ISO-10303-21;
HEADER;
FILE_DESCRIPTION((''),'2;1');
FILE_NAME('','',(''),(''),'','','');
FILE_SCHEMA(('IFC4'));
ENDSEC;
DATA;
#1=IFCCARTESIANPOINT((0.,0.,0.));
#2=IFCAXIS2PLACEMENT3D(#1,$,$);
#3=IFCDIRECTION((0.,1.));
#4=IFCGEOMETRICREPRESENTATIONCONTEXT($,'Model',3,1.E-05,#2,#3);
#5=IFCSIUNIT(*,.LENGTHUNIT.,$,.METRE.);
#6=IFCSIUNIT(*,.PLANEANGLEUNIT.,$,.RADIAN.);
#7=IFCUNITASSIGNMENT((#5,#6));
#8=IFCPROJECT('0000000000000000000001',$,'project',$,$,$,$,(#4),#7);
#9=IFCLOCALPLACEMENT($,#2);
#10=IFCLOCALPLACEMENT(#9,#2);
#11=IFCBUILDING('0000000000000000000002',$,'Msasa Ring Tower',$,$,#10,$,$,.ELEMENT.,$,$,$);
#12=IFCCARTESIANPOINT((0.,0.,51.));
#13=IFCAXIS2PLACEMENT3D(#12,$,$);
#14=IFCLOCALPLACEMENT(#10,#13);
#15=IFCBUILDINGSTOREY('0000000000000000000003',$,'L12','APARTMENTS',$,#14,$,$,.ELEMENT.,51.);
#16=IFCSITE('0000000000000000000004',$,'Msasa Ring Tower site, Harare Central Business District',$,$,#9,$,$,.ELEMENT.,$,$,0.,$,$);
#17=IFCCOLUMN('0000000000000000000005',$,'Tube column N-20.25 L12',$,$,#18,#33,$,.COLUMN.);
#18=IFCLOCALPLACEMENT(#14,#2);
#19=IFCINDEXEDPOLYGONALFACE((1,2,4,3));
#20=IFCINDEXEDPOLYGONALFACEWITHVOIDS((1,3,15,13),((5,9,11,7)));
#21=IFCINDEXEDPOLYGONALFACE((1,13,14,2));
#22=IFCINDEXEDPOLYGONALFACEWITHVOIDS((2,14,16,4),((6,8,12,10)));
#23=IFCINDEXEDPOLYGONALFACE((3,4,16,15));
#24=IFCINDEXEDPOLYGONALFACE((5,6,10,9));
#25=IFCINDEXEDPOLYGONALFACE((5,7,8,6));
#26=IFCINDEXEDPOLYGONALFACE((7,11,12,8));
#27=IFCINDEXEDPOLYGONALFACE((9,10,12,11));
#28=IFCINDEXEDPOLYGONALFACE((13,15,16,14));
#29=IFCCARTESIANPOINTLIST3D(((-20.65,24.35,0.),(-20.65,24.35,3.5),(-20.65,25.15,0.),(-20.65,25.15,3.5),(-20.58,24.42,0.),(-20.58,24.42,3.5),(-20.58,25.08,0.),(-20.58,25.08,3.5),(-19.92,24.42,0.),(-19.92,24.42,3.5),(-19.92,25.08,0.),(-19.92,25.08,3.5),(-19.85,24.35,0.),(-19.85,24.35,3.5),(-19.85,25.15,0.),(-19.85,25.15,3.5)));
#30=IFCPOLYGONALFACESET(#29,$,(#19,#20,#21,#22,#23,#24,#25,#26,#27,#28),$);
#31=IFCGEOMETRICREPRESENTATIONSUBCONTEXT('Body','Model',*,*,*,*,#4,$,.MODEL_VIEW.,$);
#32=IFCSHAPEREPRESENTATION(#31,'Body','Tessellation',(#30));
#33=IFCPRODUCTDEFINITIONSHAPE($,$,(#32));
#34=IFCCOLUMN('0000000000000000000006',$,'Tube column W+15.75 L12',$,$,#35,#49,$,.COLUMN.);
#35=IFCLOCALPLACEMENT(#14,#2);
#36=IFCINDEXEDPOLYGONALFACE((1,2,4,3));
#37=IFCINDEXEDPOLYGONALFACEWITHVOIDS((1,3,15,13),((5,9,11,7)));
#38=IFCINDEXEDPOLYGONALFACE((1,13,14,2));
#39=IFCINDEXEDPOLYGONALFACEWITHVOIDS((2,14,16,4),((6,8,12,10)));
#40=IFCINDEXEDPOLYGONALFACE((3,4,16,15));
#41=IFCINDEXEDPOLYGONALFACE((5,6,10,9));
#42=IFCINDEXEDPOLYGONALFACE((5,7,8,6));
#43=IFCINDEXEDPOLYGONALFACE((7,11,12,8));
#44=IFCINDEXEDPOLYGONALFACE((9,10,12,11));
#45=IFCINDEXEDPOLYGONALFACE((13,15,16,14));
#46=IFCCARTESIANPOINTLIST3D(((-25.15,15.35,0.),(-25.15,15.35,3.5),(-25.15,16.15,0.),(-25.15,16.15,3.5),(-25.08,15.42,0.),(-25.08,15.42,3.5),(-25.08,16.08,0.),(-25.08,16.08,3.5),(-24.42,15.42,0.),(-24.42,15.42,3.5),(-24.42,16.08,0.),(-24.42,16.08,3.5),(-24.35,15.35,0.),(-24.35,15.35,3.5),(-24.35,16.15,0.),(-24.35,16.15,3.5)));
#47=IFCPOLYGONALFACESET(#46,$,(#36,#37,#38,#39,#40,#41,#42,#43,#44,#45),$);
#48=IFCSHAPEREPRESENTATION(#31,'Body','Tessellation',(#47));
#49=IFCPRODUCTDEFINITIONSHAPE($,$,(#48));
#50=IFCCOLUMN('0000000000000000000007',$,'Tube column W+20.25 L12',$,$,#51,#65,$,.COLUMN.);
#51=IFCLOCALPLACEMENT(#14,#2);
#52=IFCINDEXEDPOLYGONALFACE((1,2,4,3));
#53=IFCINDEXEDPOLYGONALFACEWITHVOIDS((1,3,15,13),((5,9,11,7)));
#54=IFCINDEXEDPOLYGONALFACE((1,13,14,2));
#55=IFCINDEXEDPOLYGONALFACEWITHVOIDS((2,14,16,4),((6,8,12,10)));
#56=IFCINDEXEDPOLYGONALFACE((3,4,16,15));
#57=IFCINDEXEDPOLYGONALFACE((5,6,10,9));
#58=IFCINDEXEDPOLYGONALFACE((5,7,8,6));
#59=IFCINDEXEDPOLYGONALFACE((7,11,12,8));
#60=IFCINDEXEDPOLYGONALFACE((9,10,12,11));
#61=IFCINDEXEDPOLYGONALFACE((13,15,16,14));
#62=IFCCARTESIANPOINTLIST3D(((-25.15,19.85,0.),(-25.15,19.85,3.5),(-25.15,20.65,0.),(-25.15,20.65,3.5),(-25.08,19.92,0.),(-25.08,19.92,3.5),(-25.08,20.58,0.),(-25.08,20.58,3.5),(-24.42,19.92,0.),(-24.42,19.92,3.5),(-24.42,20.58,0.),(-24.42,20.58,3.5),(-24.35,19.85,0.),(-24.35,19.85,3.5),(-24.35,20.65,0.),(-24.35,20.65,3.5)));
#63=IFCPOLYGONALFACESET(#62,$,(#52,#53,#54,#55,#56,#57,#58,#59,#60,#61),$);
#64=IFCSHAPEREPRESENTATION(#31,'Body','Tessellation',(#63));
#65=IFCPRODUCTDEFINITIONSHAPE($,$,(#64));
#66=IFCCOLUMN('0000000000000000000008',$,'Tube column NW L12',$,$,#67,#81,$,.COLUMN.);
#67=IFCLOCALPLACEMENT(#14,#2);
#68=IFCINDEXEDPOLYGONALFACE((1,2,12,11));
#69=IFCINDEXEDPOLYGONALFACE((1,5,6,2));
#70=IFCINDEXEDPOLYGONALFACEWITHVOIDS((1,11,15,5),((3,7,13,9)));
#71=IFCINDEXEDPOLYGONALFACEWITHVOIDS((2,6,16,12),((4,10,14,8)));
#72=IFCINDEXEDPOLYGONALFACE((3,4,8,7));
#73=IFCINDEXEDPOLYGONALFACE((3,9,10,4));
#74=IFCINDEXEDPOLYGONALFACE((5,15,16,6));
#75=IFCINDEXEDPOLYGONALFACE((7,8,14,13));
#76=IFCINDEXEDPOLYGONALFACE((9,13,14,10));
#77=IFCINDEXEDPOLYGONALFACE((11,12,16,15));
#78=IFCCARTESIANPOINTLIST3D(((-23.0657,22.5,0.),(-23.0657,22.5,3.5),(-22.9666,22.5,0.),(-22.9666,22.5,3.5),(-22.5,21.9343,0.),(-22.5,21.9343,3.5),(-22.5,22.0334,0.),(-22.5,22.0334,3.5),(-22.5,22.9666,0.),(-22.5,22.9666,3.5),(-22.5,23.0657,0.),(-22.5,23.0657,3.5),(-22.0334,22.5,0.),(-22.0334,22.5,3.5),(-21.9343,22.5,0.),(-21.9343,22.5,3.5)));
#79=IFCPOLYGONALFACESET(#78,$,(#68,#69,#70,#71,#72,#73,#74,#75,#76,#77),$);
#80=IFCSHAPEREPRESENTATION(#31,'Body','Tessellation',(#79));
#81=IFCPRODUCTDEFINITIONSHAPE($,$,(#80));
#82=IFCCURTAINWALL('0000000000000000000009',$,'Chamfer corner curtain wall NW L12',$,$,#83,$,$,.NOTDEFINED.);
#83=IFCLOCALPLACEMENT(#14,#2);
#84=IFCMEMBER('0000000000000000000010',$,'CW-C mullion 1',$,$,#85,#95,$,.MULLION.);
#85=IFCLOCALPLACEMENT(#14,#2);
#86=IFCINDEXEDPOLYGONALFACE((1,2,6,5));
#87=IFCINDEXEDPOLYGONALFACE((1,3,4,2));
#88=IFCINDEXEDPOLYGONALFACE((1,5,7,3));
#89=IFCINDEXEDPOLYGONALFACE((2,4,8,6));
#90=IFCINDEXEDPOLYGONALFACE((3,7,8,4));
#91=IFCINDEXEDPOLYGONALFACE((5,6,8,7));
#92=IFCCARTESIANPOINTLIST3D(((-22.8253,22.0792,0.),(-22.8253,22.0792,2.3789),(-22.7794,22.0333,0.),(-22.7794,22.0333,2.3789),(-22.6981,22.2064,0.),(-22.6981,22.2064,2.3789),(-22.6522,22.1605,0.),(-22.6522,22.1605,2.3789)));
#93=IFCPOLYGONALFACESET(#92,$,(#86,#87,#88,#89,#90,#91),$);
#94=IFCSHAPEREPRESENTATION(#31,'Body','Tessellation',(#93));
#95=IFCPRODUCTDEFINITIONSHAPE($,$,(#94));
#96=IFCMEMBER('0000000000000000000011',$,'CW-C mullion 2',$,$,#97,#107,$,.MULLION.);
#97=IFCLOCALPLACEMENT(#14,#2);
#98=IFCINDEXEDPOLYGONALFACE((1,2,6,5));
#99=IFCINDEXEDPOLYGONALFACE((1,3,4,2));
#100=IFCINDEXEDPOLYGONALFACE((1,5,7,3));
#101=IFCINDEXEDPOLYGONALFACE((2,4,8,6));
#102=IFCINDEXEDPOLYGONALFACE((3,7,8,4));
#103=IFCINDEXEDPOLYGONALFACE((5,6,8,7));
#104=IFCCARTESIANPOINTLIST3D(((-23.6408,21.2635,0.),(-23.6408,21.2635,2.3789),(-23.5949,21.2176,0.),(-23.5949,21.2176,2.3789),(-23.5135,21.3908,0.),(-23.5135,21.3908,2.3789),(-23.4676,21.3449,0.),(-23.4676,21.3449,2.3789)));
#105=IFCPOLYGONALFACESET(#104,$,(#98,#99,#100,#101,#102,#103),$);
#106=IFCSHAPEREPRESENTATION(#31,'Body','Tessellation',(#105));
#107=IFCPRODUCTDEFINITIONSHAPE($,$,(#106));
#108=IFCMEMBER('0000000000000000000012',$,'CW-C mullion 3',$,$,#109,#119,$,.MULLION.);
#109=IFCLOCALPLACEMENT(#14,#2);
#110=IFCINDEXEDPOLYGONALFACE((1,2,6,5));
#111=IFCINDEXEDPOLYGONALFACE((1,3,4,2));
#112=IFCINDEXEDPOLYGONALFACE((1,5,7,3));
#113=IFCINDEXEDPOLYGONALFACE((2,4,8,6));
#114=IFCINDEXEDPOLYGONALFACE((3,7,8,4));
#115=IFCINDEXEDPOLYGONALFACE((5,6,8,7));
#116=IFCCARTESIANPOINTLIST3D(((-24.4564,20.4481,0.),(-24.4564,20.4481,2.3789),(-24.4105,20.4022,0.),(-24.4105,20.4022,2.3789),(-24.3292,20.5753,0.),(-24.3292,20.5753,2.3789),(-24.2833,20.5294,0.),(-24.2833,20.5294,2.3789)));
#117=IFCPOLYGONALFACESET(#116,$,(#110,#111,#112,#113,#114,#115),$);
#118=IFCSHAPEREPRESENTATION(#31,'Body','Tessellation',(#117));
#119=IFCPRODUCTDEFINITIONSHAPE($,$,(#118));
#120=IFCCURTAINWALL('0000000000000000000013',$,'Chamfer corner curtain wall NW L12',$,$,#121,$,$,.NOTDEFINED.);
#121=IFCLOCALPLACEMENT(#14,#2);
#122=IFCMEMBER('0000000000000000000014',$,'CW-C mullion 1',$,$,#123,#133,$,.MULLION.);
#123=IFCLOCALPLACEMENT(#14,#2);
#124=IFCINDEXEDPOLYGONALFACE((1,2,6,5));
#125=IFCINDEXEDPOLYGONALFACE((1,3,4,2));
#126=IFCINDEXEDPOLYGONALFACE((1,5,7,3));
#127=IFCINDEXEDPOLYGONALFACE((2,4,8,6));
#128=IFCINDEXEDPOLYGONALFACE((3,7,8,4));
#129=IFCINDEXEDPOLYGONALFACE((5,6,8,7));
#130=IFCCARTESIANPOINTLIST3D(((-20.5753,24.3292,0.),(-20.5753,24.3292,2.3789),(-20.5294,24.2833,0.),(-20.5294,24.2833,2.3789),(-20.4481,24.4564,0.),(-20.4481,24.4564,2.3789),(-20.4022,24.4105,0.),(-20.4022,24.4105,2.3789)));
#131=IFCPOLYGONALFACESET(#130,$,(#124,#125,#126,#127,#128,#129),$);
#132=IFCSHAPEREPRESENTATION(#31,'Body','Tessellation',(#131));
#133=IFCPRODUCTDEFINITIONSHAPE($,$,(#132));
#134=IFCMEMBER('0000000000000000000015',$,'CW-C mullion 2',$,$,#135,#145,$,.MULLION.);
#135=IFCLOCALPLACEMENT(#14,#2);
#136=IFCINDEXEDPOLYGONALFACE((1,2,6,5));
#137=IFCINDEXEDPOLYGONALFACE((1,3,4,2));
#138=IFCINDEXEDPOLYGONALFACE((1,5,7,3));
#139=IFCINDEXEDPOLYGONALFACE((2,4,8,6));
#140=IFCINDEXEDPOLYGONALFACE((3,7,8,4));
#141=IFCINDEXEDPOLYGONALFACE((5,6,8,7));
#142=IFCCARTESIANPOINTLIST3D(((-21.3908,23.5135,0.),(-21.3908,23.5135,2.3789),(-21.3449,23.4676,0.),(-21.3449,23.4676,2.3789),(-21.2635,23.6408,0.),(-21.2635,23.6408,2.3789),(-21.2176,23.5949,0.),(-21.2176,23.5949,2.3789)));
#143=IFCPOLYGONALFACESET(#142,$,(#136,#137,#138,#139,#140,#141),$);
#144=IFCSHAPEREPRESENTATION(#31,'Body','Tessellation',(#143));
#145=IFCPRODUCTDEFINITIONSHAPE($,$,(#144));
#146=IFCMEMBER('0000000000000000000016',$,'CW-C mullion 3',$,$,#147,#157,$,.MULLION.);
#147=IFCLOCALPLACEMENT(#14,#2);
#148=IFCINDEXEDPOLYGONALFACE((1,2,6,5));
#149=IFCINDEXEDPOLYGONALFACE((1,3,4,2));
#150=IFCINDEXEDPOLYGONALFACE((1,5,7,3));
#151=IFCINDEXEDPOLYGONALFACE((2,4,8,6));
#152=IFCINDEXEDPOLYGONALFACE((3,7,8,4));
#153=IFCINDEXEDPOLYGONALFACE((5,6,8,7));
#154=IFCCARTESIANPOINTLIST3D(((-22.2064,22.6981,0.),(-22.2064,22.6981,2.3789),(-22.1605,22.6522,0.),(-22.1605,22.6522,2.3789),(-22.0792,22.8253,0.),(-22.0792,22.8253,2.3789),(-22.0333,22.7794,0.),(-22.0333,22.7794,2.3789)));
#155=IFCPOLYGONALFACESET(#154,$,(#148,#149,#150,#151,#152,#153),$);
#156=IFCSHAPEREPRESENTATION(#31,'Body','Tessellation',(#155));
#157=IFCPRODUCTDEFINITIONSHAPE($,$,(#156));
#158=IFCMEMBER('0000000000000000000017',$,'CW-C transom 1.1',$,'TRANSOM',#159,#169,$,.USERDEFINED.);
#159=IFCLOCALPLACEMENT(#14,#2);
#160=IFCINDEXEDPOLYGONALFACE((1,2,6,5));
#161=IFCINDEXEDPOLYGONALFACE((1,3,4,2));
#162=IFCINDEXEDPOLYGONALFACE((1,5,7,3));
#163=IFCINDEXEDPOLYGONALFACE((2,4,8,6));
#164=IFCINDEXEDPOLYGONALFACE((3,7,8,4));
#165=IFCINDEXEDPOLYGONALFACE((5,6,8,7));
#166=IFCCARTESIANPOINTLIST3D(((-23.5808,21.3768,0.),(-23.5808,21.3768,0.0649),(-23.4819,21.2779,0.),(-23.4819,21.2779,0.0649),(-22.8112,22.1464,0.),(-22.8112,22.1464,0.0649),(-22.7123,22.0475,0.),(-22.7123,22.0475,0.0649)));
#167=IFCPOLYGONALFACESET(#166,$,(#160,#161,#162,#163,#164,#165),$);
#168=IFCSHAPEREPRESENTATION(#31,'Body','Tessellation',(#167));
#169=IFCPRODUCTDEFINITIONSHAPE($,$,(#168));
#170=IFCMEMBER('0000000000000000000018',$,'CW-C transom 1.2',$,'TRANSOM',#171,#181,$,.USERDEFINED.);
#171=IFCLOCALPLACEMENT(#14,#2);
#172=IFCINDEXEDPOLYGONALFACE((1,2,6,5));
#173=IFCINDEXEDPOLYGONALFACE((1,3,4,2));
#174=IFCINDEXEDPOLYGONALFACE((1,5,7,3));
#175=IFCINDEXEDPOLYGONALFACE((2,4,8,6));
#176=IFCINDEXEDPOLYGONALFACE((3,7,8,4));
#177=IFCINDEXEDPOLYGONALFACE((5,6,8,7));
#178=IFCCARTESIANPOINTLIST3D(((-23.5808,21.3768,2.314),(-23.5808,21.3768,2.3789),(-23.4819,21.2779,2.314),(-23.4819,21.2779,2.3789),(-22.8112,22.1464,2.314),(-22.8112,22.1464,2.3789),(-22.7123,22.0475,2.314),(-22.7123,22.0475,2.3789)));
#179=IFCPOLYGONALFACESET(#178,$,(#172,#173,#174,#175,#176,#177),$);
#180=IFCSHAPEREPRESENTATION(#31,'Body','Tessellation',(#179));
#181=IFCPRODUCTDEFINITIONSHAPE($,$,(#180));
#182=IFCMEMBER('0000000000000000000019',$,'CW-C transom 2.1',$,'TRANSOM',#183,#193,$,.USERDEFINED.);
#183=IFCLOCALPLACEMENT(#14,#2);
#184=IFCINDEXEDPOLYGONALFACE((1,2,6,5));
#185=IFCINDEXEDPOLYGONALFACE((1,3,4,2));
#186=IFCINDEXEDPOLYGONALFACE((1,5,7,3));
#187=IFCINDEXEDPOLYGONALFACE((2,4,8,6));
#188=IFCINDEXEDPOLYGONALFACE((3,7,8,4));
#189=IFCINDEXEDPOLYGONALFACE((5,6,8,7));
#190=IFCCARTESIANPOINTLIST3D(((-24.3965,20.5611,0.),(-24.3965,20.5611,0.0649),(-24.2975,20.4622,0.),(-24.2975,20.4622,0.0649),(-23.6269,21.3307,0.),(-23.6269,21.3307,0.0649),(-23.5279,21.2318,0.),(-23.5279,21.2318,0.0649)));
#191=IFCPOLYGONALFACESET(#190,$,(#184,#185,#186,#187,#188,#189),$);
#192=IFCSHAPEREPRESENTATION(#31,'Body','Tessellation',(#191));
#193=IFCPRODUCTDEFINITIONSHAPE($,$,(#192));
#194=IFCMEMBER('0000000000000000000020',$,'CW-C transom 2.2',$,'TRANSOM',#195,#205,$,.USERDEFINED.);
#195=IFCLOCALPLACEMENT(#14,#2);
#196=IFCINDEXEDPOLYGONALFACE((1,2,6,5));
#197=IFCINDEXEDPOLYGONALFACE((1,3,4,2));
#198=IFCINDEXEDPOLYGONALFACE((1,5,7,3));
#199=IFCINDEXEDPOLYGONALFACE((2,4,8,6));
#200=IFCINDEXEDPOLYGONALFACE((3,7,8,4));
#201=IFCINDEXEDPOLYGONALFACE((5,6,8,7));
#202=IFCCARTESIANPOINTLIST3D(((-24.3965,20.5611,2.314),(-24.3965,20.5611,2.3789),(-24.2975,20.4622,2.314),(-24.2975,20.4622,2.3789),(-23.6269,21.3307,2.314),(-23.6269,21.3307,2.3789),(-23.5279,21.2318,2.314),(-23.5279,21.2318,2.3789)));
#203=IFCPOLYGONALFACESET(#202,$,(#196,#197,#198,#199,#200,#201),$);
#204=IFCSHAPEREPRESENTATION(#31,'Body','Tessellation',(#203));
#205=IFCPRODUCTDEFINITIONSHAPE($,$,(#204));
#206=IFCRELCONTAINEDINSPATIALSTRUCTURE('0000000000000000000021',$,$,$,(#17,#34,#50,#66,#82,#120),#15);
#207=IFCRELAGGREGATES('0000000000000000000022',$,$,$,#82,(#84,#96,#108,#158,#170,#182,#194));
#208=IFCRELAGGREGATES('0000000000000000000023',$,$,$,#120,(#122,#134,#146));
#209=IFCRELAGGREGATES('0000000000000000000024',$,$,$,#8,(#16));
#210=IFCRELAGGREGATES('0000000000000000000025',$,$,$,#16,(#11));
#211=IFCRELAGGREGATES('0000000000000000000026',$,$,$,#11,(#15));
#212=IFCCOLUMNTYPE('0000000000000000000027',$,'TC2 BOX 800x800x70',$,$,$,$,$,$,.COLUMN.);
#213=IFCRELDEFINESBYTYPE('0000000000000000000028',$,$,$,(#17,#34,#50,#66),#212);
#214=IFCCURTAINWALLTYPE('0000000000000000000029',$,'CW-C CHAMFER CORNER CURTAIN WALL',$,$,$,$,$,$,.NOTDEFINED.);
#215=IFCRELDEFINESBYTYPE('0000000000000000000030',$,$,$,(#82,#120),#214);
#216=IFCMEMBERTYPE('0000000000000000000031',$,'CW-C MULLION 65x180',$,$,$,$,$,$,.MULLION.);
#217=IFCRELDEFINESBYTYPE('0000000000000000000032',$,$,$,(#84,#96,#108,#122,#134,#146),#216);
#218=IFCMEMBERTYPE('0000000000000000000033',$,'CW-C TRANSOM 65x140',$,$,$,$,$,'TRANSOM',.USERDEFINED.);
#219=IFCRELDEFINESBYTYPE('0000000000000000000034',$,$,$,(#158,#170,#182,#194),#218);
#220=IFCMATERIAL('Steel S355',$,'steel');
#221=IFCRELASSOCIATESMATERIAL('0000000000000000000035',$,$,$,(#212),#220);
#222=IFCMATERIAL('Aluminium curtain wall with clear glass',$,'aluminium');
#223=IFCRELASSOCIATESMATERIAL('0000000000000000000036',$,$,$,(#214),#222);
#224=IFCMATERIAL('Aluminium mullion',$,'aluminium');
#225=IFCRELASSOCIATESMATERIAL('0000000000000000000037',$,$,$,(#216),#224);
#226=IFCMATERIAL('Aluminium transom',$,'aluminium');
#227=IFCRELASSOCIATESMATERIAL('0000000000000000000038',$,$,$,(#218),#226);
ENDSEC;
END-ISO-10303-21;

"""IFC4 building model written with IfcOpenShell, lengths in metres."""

from ifc_helpers import new_model, si_unit, direction, frame, origin, origin_2d, place, context, subcontext, project, spatial, rectangle, hollow_rectangle, extrude, material, material_profile, profile_set, type_object, element, aggregate, save


model = new_model("IFC4")

# Units and contexts
model_context = context("Model", 3, precision=1e-05, world=origin(), true_north=direction((0.0, 1.0)))
body_context = subcontext(model_context, "Body", "Model", "MODEL_VIEW")
ifc_project = project(units=[si_unit("LENGTHUNIT", "METRE"), si_unit("PLANEANGLEUNIT", "RADIAN")], contexts=[model_context])

# Site, building, storey
site_placement = place(None, origin())
site = spatial("IfcSite", under=ifc_project, at=site_placement, Name="Msasa Ring Tower site, Harare Central Business District", CompositionType="ELEMENT", RefElevation=0.0)
building_placement = place(site_placement, origin())
building = spatial("IfcBuilding", under=site, at=building_placement, Name="Msasa Ring Tower", CompositionType="ELEMENT")
storey_placement = place(building_placement, frame((0.0, 0.0, 51.0)))
storey = spatial("IfcBuildingStorey", under=building, at=storey_placement, Name="L12", Description="APARTMENTS", CompositionType="ELEMENT", Elevation=51.0)

# Columns
ifc_material_1 = material(Name="Steel S355", Category="steel")
ifc_material_profile_1 = material_profile(ifc_material_1, hollow_rectangle(XDim=0.8, YDim=0.8, WallThickness=0.0701, at=origin_2d()), Name="BOX 800x800x70")
ifc_profile_set_1 = profile_set([ifc_material_profile_1], Name="Steel S355")
column_type = type_object("IfcColumnType", Name="TC2 BOX 800x800x70", PredefinedType="COLUMN", material=ifc_profile_set_1)
for number, where, z_axis, x_axis, name in (
    (1, (-20.25, 24.75, 0.0), (0.0, 0.0, 1.0), (0.0, 1.0, 0.0), "Tube column N-20.25 L12"),
    (2, (-24.75, 15.75, 0.0), (0.0, 0.0, 1.0), (1.0, 0.0, 0.0), "Tube column W+15.75 L12"),
    (3, (-24.75, 20.25, 0.0), (0.0, 0.0, 1.0), (1.0, 0.0, 0.0), "Tube column W+20.25 L12"),
    (4, (-22.5, 22.5, 0.0), (0.0, 0.0, 1.0), (0.707107, -0.707107, 0.0), "Tube column NW L12"),
):
    element("IfcColumn", number, at=place(storey_placement, frame(where, z_axis=z_axis, x_axis=x_axis)), inside=storey, type_object=column_type, Name=name, PredefinedType="COLUMN", context=body_context, shape_type="SweptSolid", body=[
        extrude(hollow_rectangle(XDim=0.8, YDim=0.8, WallThickness=0.0701, at=origin_2d()), origin(), (0.0, 0.0, 1.0), 3.5),
    ])

# Curtain walls, members
ifc_material_2 = material(Name="Aluminium curtain wall with clear glass", Category="aluminium")
curtain_wall_type = type_object("IfcCurtainWallType", Name="CW-C CHAMFER CORNER CURTAIN WALL", PredefinedType="NOTDEFINED", material=ifc_material_2)
curtain_wall_1_placement = place(storey_placement, origin())
curtain_wall_1 = element("IfcCurtainWall", 5, at=curtain_wall_1_placement, inside=storey, type_object=curtain_wall_type, Name="Chamfer corner curtain wall NW L12", PredefinedType="NOTDEFINED")
ifc_material_3 = material(Name="Aluminium mullion", Category="aluminium")
ifc_material_profile_2 = material_profile(ifc_material_3, rectangle(XDim=0.0649, YDim=0.1799, at=origin_2d()), Name="AL 65x180")
ifc_profile_set_2 = profile_set([ifc_material_profile_2], Name="Aluminium mullion")
member_type_1 = type_object("IfcMemberType", Name="CW-C MULLION 65x180", PredefinedType="MULLION", material=ifc_profile_set_2)
member_1_placement = place(storey_placement, frame((-22.7388, 22.1199, 0.0), z_axis=(0.0, 0.0, 1.0), x_axis=(0.707107, -0.707107, 0.0)))
member_1 = element("IfcMember", 6, at=member_1_placement, type_object=member_type_1, Name="CW-C mullion 1", PredefinedType="MULLION", context=body_context, shape_type="SweptSolid", body=[
    extrude(rectangle(XDim=0.0649, YDim=0.1799, at=origin_2d()), origin(), (0.0, 0.0, 1.0), 2.3789),
])
member_2_placement = place(storey_placement, frame((-23.5542, 21.3042, 0.0), z_axis=(0.0, 0.0, 1.0), x_axis=(0.707107, -0.707107, 0.0)))
member_2 = element("IfcMember", 7, at=member_2_placement, type_object=member_type_1, Name="CW-C mullion 2", PredefinedType="MULLION", context=body_context, shape_type="SweptSolid", body=[
    extrude(rectangle(XDim=0.0649, YDim=0.1799, at=origin_2d()), origin(), (0.0, 0.0, 1.0), 2.3789),
])
member_3_placement = place(storey_placement, frame((-24.3699, 20.4888, 0.0), z_axis=(0.0, 0.0, 1.0), x_axis=(0.707107, -0.707107, 0.0)))
member_3 = element("IfcMember", 8, at=member_3_placement, type_object=member_type_1, Name="CW-C mullion 3", PredefinedType="MULLION", context=body_context, shape_type="SweptSolid", body=[
    extrude(rectangle(XDim=0.0649, YDim=0.1799, at=origin_2d()), origin(), (0.0, 0.0, 1.0), 2.3789),
])
curtain_wall_2_placement = place(storey_placement, origin())
curtain_wall_2 = element("IfcCurtainWall", 9, at=curtain_wall_2_placement, inside=storey, type_object=curtain_wall_type, Name="Chamfer corner curtain wall NW L12", PredefinedType="NOTDEFINED")
member_4_placement = place(storey_placement, frame((-20.4888, 24.3699, 0.0), z_axis=(0.0, 0.0, 1.0), x_axis=(0.707107, -0.707107, 0.0)))
member_4 = element("IfcMember", 10, at=member_4_placement, type_object=member_type_1, Name="CW-C mullion 1", PredefinedType="MULLION", context=body_context, shape_type="SweptSolid", body=[
    extrude(rectangle(XDim=0.0649, YDim=0.1799, at=origin_2d()), origin(), (0.0, 0.0, 1.0), 2.3789),
])
member_5_placement = place(storey_placement, frame((-21.3042, 23.5542, 0.0), z_axis=(0.0, 0.0, 1.0), x_axis=(0.707107, -0.707107, 0.0)))
member_5 = element("IfcMember", 11, at=member_5_placement, type_object=member_type_1, Name="CW-C mullion 2", PredefinedType="MULLION", context=body_context, shape_type="SweptSolid", body=[
    extrude(rectangle(XDim=0.0649, YDim=0.1799, at=origin_2d()), origin(), (0.0, 0.0, 1.0), 2.3789),
])
member_6_placement = place(storey_placement, frame((-22.1199, 22.7388, 0.0), z_axis=(0.0, 0.0, 1.0), x_axis=(0.707107, -0.707107, 0.0)))
member_6 = element("IfcMember", 12, at=member_6_placement, type_object=member_type_1, Name="CW-C mullion 3", PredefinedType="MULLION", context=body_context, shape_type="SweptSolid", body=[
    extrude(rectangle(XDim=0.0649, YDim=0.1799, at=origin_2d()), origin(), (0.0, 0.0, 1.0), 2.3789),
])

# Members
ifc_material_4 = material(Name="Aluminium transom", Category="aluminium")
ifc_material_profile_3 = material_profile(ifc_material_4, rectangle(XDim=0.1399, YDim=0.0649, at=origin_2d()), Name="AL 65x140")
ifc_profile_set_3 = profile_set([ifc_material_profile_3], Name="Aluminium transom")
member_type_2 = type_object("IfcMemberType", Name="CW-C TRANSOM 65x140", ElementType="TRANSOM", PredefinedType="USERDEFINED", material=ifc_profile_set_3)
member_7_placement = place(storey_placement, frame((-22.7617, 22.0969, 0.0325), z_axis=(-0.707107, -0.707107, 0.0), x_axis=(0.707107, -0.707107, 0.0)))
member_7 = element("IfcMember", 13, at=member_7_placement, type_object=member_type_2, Name="CW-C transom 1.1", ObjectType="TRANSOM", PredefinedType="USERDEFINED", context=body_context, shape_type="SweptSolid", body=[
    extrude(rectangle(XDim=0.1399, YDim=0.0649, at=origin_2d()), origin(), (0.0, 0.0, 1.0), 1.0884),
])
member_8_placement = place(storey_placement, frame((-22.7617, 22.0969, 2.3464), z_axis=(-0.707107, -0.707107, 0.0), x_axis=(0.707107, -0.707107, 0.0)))
member_8 = element("IfcMember", 14, at=member_8_placement, type_object=member_type_2, Name="CW-C transom 1.2", ObjectType="TRANSOM", PredefinedType="USERDEFINED", context=body_context, shape_type="SweptSolid", body=[
    extrude(rectangle(XDim=0.1399, YDim=0.0649, at=origin_2d()), origin(), (0.0, 0.0, 1.0), 1.0884),
])
member_9_placement = place(storey_placement, frame((-23.5774, 21.2812, 0.0325), z_axis=(-0.707107, -0.707107, 0.0), x_axis=(0.707107, -0.707107, 0.0)))
member_9 = element("IfcMember", 15, at=member_9_placement, type_object=member_type_2, Name="CW-C transom 2.1", ObjectType="TRANSOM", PredefinedType="USERDEFINED", context=body_context, shape_type="SweptSolid", body=[
    extrude(rectangle(XDim=0.1399, YDim=0.0649, at=origin_2d()), origin(), (0.0, 0.0, 1.0), 1.0884),
])
member_10_placement = place(storey_placement, frame((-23.5774, 21.2812, 2.3464), z_axis=(-0.707107, -0.707107, 0.0), x_axis=(0.707107, -0.707107, 0.0)))
member_10 = element("IfcMember", 16, at=member_10_placement, type_object=member_type_2, Name="CW-C transom 2.2", ObjectType="TRANSOM", PredefinedType="USERDEFINED", context=body_context, shape_type="SweptSolid", body=[
    extrude(rectangle(XDim=0.1399, YDim=0.0649, at=origin_2d()), origin(), (0.0, 0.0, 1.0), 1.0884),
])

aggregate(curtain_wall_1, [member_1, member_2, member_3, member_7, member_8, member_9, member_10])
aggregate(curtain_wall_2, [member_4, member_5, member_6])

save(model, "model.ifc")
